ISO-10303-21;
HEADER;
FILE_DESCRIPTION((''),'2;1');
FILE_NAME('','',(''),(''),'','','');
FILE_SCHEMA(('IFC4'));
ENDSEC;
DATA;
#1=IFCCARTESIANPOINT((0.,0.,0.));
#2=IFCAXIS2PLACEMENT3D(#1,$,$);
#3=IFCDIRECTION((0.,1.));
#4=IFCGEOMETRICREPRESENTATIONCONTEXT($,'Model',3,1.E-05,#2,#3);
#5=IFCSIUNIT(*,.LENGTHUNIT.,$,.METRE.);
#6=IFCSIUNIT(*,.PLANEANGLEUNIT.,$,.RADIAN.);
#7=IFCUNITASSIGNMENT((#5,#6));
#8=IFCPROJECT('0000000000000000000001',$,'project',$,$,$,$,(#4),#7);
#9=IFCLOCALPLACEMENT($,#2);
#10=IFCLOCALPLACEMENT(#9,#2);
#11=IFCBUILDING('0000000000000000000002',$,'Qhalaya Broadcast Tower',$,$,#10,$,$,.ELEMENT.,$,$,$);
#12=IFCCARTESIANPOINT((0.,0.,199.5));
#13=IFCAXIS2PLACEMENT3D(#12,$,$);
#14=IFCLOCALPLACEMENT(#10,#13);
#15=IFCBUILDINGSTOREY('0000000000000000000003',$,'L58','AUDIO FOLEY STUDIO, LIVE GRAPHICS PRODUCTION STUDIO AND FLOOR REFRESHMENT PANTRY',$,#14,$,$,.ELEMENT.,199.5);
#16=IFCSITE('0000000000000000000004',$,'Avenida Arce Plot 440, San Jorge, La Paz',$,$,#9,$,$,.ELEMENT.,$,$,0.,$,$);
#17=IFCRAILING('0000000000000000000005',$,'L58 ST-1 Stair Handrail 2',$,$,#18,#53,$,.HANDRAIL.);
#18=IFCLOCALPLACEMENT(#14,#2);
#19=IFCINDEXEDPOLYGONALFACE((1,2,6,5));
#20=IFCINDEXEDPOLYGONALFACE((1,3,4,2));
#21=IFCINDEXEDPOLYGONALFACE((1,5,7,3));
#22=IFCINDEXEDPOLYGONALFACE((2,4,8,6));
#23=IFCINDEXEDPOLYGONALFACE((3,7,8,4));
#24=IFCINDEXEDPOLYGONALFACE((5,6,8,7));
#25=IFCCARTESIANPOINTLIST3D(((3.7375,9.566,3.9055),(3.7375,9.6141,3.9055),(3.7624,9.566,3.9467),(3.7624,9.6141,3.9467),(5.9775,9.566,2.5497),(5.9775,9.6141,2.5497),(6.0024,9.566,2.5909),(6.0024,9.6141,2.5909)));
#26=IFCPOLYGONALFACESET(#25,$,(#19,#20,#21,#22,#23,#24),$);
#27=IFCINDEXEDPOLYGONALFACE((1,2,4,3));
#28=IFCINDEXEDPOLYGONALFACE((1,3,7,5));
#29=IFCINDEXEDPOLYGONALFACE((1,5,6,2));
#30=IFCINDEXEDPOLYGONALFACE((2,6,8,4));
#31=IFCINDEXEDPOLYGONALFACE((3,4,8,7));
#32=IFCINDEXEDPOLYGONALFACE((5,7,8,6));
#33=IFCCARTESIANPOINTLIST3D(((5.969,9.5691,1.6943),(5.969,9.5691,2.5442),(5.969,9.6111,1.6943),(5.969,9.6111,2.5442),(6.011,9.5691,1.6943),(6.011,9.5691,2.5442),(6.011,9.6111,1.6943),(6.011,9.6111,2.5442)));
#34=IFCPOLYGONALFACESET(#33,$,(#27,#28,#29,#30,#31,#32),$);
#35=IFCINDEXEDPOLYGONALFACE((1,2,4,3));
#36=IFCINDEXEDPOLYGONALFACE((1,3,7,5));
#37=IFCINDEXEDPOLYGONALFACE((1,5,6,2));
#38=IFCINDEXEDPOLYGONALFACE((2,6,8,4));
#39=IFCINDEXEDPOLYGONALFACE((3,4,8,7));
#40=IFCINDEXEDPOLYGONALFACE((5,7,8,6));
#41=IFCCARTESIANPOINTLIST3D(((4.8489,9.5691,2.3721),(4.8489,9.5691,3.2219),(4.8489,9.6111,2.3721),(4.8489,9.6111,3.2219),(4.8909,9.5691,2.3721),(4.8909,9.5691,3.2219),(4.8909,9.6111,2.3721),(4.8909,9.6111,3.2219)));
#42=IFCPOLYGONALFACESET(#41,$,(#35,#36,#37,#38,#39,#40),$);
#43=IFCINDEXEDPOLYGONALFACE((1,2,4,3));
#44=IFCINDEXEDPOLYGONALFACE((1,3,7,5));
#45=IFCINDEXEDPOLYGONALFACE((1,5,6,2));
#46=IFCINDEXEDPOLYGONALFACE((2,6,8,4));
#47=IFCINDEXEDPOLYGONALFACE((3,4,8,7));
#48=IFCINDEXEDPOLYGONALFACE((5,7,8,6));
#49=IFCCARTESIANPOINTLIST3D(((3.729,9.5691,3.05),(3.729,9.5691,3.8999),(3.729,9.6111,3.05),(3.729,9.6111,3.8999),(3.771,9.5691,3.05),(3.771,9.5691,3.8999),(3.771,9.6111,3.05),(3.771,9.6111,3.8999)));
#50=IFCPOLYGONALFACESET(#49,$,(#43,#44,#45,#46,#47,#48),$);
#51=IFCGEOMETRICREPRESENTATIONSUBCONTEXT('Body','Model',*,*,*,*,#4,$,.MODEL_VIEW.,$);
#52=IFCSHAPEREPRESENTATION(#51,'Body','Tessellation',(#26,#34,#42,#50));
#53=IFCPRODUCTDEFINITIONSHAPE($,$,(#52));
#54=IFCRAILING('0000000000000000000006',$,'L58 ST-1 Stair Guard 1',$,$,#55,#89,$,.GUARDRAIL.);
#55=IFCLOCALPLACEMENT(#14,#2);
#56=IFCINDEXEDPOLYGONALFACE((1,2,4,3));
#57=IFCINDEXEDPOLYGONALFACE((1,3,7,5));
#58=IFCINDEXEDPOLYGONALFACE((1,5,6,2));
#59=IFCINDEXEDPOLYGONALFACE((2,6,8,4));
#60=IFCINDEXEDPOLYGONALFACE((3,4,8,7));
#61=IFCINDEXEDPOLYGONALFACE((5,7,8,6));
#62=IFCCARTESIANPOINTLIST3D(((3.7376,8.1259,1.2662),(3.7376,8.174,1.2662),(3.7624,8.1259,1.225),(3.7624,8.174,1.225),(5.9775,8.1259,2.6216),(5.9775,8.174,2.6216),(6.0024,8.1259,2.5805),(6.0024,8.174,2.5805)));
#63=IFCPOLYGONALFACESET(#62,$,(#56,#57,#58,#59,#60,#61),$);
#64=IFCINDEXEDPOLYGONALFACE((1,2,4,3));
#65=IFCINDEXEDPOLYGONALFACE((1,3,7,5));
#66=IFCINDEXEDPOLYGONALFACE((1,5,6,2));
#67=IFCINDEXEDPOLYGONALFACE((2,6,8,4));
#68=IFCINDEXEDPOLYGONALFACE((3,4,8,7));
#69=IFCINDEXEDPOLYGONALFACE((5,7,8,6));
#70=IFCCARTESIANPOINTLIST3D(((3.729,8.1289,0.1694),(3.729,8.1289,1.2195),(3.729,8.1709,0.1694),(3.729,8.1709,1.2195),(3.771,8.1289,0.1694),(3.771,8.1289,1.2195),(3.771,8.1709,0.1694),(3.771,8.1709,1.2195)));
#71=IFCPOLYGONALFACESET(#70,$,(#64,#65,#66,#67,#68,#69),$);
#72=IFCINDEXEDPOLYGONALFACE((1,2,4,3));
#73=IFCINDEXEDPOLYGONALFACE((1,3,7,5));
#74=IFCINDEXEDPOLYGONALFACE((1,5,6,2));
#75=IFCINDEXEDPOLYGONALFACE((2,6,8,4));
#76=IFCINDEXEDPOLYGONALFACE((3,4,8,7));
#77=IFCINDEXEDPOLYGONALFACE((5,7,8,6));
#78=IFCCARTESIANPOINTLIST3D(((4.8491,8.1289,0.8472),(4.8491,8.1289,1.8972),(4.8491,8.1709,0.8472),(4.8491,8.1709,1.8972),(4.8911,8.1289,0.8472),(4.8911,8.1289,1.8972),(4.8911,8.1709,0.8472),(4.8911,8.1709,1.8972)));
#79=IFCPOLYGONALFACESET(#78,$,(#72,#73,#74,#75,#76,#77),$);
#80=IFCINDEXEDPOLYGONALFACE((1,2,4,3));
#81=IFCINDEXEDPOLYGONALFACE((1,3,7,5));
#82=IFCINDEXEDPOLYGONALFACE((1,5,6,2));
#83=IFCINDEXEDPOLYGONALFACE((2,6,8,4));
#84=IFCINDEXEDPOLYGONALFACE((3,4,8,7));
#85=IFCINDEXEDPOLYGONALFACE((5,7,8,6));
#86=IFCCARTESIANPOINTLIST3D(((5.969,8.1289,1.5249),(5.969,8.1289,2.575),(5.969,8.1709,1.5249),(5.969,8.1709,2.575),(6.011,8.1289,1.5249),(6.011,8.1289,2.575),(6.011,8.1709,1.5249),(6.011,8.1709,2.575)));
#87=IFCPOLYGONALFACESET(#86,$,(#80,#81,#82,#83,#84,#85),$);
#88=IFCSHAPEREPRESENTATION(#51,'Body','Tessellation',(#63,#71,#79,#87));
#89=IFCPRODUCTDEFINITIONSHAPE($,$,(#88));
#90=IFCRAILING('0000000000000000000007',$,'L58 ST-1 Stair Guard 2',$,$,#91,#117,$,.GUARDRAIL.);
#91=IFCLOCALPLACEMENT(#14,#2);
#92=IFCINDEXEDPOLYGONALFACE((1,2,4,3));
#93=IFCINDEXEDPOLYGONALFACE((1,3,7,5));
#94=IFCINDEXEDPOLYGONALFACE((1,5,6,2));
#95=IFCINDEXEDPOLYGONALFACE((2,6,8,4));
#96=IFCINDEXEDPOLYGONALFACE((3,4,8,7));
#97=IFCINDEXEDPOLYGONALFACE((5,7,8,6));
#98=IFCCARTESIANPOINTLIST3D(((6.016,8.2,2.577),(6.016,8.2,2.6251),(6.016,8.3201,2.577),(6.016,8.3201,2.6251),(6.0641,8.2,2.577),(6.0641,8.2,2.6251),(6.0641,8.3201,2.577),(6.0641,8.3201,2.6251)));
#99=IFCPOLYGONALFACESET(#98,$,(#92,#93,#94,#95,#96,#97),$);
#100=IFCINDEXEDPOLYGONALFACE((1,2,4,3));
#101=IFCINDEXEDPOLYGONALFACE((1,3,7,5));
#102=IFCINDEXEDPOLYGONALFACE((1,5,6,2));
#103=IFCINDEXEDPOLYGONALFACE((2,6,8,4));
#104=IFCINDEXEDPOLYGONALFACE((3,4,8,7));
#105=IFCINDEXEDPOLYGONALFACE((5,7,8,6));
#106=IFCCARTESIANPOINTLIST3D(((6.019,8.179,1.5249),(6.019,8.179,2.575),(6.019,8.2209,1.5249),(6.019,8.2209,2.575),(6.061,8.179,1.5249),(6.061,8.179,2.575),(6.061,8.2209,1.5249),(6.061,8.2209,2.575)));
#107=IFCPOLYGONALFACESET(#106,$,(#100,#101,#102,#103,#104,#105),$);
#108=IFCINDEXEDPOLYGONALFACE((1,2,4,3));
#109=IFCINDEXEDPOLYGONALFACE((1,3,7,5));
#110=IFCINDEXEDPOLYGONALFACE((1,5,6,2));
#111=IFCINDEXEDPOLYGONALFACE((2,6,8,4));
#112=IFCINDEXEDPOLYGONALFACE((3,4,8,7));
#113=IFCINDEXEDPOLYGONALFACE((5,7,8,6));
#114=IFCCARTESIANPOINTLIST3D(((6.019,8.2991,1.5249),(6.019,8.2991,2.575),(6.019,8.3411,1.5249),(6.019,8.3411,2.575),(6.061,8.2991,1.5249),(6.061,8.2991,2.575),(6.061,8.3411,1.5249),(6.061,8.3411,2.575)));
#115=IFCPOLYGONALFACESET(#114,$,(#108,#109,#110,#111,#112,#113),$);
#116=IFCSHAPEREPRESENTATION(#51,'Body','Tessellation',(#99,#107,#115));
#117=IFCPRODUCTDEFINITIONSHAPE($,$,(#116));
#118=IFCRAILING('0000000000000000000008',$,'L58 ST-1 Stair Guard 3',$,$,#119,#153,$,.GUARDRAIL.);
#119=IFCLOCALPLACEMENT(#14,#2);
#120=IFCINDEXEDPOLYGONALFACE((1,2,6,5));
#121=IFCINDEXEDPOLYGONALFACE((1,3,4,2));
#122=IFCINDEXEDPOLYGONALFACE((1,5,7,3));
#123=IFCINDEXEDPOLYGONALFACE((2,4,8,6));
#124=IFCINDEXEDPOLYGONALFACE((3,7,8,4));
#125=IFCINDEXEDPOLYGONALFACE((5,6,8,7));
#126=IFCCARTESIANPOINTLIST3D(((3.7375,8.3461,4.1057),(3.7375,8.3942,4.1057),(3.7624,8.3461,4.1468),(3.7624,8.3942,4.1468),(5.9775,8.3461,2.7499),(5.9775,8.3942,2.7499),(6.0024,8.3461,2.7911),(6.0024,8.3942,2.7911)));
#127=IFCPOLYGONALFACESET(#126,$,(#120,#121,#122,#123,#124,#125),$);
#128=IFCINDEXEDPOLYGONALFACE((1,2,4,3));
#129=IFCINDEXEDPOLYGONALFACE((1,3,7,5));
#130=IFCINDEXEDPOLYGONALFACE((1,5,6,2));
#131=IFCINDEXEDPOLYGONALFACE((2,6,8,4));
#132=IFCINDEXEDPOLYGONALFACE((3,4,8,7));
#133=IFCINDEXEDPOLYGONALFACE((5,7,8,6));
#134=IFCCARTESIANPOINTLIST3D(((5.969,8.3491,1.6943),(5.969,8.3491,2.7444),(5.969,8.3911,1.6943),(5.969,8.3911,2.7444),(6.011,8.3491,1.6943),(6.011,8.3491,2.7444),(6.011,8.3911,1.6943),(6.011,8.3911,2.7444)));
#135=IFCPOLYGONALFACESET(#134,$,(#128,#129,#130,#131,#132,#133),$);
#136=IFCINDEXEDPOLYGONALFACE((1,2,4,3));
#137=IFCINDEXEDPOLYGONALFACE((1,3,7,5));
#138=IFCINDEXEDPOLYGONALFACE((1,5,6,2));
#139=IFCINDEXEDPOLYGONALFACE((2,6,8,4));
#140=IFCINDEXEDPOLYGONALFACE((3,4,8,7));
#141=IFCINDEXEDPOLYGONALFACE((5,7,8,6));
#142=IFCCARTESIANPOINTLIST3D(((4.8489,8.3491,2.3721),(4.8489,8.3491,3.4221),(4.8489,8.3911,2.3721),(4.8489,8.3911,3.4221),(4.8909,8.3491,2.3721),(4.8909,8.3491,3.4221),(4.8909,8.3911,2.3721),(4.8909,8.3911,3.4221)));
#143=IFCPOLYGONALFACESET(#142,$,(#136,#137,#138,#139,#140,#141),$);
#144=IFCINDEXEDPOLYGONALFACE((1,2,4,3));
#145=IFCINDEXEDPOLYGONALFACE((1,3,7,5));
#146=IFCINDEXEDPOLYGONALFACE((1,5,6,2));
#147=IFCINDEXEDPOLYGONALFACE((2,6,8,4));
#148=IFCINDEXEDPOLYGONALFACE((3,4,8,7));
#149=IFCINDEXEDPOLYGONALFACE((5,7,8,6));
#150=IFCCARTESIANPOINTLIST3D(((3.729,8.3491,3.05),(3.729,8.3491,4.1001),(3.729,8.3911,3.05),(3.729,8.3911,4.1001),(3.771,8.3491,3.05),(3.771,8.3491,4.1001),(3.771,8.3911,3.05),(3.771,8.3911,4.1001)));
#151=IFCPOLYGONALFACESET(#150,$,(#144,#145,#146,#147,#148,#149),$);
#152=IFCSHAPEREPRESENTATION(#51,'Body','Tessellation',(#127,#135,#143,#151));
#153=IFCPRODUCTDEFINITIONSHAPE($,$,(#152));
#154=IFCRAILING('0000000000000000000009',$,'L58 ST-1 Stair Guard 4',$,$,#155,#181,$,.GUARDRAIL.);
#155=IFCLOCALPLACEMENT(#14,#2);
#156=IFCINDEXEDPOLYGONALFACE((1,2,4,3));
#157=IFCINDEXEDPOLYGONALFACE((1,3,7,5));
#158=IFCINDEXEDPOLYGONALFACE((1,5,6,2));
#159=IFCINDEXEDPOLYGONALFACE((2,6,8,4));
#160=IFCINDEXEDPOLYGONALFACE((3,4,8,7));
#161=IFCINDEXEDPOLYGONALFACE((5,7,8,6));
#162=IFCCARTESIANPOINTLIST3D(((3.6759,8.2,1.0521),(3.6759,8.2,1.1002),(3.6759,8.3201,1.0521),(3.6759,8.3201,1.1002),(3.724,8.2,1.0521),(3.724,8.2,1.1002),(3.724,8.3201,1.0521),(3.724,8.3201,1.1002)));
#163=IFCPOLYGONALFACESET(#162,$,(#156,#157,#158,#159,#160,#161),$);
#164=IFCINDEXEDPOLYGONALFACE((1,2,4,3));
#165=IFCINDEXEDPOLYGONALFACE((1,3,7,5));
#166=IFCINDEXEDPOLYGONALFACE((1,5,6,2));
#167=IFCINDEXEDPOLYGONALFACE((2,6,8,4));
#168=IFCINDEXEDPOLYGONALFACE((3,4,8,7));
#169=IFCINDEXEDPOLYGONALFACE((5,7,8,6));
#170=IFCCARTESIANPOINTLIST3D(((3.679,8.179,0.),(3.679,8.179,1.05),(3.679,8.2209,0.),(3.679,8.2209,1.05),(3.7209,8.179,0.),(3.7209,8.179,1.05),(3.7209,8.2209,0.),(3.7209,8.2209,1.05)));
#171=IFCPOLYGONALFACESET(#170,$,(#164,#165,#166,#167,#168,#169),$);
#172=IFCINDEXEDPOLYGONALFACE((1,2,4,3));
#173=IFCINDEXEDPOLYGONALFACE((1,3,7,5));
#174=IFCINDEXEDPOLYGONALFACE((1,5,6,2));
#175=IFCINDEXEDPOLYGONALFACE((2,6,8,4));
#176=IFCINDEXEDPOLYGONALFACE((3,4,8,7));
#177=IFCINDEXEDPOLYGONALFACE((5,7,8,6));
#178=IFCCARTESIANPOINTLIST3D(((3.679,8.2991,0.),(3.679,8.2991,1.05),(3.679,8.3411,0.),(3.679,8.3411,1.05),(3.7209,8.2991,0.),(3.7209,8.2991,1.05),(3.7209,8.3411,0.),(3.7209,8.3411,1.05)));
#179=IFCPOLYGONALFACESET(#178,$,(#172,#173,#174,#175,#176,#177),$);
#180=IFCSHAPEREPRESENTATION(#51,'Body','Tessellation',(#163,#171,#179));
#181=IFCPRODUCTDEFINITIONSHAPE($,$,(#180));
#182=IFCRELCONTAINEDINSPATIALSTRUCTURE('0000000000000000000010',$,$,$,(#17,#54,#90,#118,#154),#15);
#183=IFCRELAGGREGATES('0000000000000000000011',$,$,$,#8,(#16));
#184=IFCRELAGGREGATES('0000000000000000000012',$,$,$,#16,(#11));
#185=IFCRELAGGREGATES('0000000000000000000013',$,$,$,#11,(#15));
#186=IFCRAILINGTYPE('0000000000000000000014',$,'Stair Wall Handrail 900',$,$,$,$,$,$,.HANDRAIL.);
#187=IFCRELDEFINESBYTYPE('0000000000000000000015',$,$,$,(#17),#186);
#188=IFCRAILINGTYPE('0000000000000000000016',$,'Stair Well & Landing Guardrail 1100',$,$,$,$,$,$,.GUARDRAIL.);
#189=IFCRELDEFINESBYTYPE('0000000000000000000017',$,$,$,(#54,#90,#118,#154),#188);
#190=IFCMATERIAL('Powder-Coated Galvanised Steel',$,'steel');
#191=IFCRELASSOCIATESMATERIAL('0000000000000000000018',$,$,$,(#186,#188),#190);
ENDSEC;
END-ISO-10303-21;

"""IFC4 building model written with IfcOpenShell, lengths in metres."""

from ifc_helpers import new_model, si_unit, direction, frame, origin, origin_2d, place, context, subcontext, project, spatial, rectangle, extrude, material, type_object, element, save


model = new_model("IFC4")

# Units and contexts
model_context = context("Model", 3, precision=1e-05, world=origin(), true_north=direction((0.0, 1.0)))
body_context = subcontext(model_context, "Body", "Model", "MODEL_VIEW")
ifc_project = project(units=[si_unit("LENGTHUNIT", "METRE"), si_unit("PLANEANGLEUNIT", "RADIAN")], contexts=[model_context])

# Site, building, storey
site_placement = place(None, origin())
site = spatial("IfcSite", under=ifc_project, at=site_placement, Name="Avenida Arce Plot 440, San Jorge, La Paz", CompositionType="ELEMENT", RefElevation=0.0)
building_placement = place(site_placement, origin())
building = spatial("IfcBuilding", under=site, at=building_placement, Name="Qhalaya Broadcast Tower", CompositionType="ELEMENT")
storey_placement = place(building_placement, frame((0.0, 0.0, 199.5)))
storey = spatial("IfcBuildingStorey", under=building, at=storey_placement, Name="L58", Description="AUDIO FOLEY STUDIO, LIVE GRAPHICS PRODUCTION STUDIO AND FLOOR REFRESHMENT PANTRY", CompositionType="ELEMENT", Elevation=199.5)

# Railings
ifc_material_1 = material(Name="Powder-Coated Galvanised Steel", Category="steel")
railing_type_1 = type_object("IfcRailingType", Name="Stair Wall Handrail 900", PredefinedType="HANDRAIL", material=ifc_material_1)
railing_1_placement = place(storey_placement, frame((5.99, 9.5901, 1.6943)))
element("IfcRailing", 1, at=railing_1_placement, inside=storey, type_object=railing_type_1, Name="L58 ST-1 Stair Handrail 2", PredefinedType="HANDRAIL", context=body_context, shape_type="SweptSolid", body=[
    extrude(rectangle(XDim=0.0481, YDim=0.0481, at=origin_2d()), frame((0.0, 0.0, 0.876), z_axis=(-0.855512, 0.0, 0.517783), x_axis=(0.0, -1.0, 0.0)), (0.0, 0.0, 1.0), 2.6184),
    extrude(rectangle(XDim=0.042, YDim=0.042, at=origin_2d()), origin(), (0.0, 0.0, 1.0), 0.8499),
    extrude(rectangle(XDim=0.042, YDim=0.042, at=origin_2d()), frame((-1.1201, 0.0, 0.6777)), (0.0, 0.0, 1.0), 0.8499),
    extrude(rectangle(XDim=0.042, YDim=0.042, at=origin_2d()), frame((-2.24, 0.0, 1.3557)), (0.0, 0.0, 1.0), 0.8499),
])
railing_type_2 = type_object("IfcRailingType", Name="Stair Well & Landing Guardrail 1100", PredefinedType="GUARDRAIL", material=ifc_material_1)
railing_2_placement = place(storey_placement, frame((3.75, 8.1499, 0.1694)))
element("IfcRailing", 2, at=railing_2_placement, inside=storey, type_object=railing_type_2, Name="L58 ST-1 Stair Guard 1", PredefinedType="GUARDRAIL", context=body_context, shape_type="SweptSolid", body=[
    extrude(rectangle(XDim=0.0481, YDim=0.0481, at=origin_2d()), frame((0.0, 0.0, 1.0762), z_axis=(0.855553, 0.0, 0.517715), x_axis=(0.0, 1.0, 0.0)), (0.0, 0.0, 1.0), 2.6182),
    extrude(rectangle(XDim=0.042, YDim=0.042, at=origin_2d()), origin(), (0.0, 0.0, 1.0), 1.05),
    extrude(rectangle(XDim=0.042, YDim=0.042, at=origin_2d()), frame((1.1201, 0.0, 0.6777)), (0.0, 0.0, 1.0), 1.05),
    extrude(rectangle(XDim=0.042, YDim=0.042, at=origin_2d()), frame((2.24, 0.0, 1.3555)), (0.0, 0.0, 1.0), 1.05),
])
railing_3_placement = place(storey_placement, frame((6.04, 8.2, 1.5249)))
element("IfcRailing", 3, at=railing_3_placement, inside=storey, type_object=railing_type_2, Name="L58 ST-1 Stair Guard 2", PredefinedType="GUARDRAIL", context=body_context, shape_type="SweptSolid", body=[
    extrude(rectangle(XDim=0.0481, YDim=0.0481, at=origin_2d()), frame((0.0, 0.0, 1.0762), z_axis=(0.0, 1.0, 0.0), x_axis=(-1.0, 0.0, 0.0)), (0.0, 0.0, 1.0), 0.1201),
    extrude(rectangle(XDim=0.042, YDim=0.042, at=origin_2d()), origin(), (0.0, 0.0, 1.0), 1.05),
    extrude(rectangle(XDim=0.042, YDim=0.042, at=origin_2d()), frame((0.0, 0.1201, 0.0)), (0.0, 0.0, 1.0), 1.05),
])
railing_4_placement = place(storey_placement, frame((5.99, 8.3701, 1.6943)))
element("IfcRailing", 4, at=railing_4_placement, inside=storey, type_object=railing_type_2, Name="L58 ST-1 Stair Guard 3", PredefinedType="GUARDRAIL", context=body_context, shape_type="SweptSolid", body=[
    extrude(rectangle(XDim=0.0481, YDim=0.0481, at=origin_2d()), frame((0.0, 0.0, 1.0762), z_axis=(-0.855512, 0.0, 0.517783), x_axis=(0.0, -1.0, 0.0)), (0.0, 0.0, 1.0), 2.6184),
    extrude(rectangle(XDim=0.042, YDim=0.042, at=origin_2d()), origin(), (0.0, 0.0, 1.0), 1.05),
    extrude(rectangle(XDim=0.042, YDim=0.042, at=origin_2d()), frame((-1.1201, 0.0, 0.6777)), (0.0, 0.0, 1.0), 1.05),
    extrude(rectangle(XDim=0.042, YDim=0.042, at=origin_2d()), frame((-2.24, 0.0, 1.3557)), (0.0, 0.0, 1.0), 1.05),
])
railing_5_placement = place(storey_placement, frame((3.7, 8.2, 0.0)))
element("IfcRailing", 5, at=railing_5_placement, inside=storey, type_object=railing_type_2, Name="L58 ST-1 Stair Guard 4", PredefinedType="GUARDRAIL", context=body_context, shape_type="SweptSolid", body=[
    extrude(rectangle(XDim=0.0481, YDim=0.0481, at=origin_2d()), frame((0.0, 0.0, 1.0762), z_axis=(0.0, 1.0, 0.0), x_axis=(-1.0, 0.0, 0.0)), (0.0, 0.0, 1.0), 0.1201),
    extrude(rectangle(XDim=0.042, YDim=0.042, at=origin_2d()), origin(), (0.0, 0.0, 1.0), 1.05),
    extrude(rectangle(XDim=0.042, YDim=0.042, at=origin_2d()), frame((0.0, 0.1201, 0.0)), (0.0, 0.0, 1.0), 1.05),
])

save(model, "model.ifc")
